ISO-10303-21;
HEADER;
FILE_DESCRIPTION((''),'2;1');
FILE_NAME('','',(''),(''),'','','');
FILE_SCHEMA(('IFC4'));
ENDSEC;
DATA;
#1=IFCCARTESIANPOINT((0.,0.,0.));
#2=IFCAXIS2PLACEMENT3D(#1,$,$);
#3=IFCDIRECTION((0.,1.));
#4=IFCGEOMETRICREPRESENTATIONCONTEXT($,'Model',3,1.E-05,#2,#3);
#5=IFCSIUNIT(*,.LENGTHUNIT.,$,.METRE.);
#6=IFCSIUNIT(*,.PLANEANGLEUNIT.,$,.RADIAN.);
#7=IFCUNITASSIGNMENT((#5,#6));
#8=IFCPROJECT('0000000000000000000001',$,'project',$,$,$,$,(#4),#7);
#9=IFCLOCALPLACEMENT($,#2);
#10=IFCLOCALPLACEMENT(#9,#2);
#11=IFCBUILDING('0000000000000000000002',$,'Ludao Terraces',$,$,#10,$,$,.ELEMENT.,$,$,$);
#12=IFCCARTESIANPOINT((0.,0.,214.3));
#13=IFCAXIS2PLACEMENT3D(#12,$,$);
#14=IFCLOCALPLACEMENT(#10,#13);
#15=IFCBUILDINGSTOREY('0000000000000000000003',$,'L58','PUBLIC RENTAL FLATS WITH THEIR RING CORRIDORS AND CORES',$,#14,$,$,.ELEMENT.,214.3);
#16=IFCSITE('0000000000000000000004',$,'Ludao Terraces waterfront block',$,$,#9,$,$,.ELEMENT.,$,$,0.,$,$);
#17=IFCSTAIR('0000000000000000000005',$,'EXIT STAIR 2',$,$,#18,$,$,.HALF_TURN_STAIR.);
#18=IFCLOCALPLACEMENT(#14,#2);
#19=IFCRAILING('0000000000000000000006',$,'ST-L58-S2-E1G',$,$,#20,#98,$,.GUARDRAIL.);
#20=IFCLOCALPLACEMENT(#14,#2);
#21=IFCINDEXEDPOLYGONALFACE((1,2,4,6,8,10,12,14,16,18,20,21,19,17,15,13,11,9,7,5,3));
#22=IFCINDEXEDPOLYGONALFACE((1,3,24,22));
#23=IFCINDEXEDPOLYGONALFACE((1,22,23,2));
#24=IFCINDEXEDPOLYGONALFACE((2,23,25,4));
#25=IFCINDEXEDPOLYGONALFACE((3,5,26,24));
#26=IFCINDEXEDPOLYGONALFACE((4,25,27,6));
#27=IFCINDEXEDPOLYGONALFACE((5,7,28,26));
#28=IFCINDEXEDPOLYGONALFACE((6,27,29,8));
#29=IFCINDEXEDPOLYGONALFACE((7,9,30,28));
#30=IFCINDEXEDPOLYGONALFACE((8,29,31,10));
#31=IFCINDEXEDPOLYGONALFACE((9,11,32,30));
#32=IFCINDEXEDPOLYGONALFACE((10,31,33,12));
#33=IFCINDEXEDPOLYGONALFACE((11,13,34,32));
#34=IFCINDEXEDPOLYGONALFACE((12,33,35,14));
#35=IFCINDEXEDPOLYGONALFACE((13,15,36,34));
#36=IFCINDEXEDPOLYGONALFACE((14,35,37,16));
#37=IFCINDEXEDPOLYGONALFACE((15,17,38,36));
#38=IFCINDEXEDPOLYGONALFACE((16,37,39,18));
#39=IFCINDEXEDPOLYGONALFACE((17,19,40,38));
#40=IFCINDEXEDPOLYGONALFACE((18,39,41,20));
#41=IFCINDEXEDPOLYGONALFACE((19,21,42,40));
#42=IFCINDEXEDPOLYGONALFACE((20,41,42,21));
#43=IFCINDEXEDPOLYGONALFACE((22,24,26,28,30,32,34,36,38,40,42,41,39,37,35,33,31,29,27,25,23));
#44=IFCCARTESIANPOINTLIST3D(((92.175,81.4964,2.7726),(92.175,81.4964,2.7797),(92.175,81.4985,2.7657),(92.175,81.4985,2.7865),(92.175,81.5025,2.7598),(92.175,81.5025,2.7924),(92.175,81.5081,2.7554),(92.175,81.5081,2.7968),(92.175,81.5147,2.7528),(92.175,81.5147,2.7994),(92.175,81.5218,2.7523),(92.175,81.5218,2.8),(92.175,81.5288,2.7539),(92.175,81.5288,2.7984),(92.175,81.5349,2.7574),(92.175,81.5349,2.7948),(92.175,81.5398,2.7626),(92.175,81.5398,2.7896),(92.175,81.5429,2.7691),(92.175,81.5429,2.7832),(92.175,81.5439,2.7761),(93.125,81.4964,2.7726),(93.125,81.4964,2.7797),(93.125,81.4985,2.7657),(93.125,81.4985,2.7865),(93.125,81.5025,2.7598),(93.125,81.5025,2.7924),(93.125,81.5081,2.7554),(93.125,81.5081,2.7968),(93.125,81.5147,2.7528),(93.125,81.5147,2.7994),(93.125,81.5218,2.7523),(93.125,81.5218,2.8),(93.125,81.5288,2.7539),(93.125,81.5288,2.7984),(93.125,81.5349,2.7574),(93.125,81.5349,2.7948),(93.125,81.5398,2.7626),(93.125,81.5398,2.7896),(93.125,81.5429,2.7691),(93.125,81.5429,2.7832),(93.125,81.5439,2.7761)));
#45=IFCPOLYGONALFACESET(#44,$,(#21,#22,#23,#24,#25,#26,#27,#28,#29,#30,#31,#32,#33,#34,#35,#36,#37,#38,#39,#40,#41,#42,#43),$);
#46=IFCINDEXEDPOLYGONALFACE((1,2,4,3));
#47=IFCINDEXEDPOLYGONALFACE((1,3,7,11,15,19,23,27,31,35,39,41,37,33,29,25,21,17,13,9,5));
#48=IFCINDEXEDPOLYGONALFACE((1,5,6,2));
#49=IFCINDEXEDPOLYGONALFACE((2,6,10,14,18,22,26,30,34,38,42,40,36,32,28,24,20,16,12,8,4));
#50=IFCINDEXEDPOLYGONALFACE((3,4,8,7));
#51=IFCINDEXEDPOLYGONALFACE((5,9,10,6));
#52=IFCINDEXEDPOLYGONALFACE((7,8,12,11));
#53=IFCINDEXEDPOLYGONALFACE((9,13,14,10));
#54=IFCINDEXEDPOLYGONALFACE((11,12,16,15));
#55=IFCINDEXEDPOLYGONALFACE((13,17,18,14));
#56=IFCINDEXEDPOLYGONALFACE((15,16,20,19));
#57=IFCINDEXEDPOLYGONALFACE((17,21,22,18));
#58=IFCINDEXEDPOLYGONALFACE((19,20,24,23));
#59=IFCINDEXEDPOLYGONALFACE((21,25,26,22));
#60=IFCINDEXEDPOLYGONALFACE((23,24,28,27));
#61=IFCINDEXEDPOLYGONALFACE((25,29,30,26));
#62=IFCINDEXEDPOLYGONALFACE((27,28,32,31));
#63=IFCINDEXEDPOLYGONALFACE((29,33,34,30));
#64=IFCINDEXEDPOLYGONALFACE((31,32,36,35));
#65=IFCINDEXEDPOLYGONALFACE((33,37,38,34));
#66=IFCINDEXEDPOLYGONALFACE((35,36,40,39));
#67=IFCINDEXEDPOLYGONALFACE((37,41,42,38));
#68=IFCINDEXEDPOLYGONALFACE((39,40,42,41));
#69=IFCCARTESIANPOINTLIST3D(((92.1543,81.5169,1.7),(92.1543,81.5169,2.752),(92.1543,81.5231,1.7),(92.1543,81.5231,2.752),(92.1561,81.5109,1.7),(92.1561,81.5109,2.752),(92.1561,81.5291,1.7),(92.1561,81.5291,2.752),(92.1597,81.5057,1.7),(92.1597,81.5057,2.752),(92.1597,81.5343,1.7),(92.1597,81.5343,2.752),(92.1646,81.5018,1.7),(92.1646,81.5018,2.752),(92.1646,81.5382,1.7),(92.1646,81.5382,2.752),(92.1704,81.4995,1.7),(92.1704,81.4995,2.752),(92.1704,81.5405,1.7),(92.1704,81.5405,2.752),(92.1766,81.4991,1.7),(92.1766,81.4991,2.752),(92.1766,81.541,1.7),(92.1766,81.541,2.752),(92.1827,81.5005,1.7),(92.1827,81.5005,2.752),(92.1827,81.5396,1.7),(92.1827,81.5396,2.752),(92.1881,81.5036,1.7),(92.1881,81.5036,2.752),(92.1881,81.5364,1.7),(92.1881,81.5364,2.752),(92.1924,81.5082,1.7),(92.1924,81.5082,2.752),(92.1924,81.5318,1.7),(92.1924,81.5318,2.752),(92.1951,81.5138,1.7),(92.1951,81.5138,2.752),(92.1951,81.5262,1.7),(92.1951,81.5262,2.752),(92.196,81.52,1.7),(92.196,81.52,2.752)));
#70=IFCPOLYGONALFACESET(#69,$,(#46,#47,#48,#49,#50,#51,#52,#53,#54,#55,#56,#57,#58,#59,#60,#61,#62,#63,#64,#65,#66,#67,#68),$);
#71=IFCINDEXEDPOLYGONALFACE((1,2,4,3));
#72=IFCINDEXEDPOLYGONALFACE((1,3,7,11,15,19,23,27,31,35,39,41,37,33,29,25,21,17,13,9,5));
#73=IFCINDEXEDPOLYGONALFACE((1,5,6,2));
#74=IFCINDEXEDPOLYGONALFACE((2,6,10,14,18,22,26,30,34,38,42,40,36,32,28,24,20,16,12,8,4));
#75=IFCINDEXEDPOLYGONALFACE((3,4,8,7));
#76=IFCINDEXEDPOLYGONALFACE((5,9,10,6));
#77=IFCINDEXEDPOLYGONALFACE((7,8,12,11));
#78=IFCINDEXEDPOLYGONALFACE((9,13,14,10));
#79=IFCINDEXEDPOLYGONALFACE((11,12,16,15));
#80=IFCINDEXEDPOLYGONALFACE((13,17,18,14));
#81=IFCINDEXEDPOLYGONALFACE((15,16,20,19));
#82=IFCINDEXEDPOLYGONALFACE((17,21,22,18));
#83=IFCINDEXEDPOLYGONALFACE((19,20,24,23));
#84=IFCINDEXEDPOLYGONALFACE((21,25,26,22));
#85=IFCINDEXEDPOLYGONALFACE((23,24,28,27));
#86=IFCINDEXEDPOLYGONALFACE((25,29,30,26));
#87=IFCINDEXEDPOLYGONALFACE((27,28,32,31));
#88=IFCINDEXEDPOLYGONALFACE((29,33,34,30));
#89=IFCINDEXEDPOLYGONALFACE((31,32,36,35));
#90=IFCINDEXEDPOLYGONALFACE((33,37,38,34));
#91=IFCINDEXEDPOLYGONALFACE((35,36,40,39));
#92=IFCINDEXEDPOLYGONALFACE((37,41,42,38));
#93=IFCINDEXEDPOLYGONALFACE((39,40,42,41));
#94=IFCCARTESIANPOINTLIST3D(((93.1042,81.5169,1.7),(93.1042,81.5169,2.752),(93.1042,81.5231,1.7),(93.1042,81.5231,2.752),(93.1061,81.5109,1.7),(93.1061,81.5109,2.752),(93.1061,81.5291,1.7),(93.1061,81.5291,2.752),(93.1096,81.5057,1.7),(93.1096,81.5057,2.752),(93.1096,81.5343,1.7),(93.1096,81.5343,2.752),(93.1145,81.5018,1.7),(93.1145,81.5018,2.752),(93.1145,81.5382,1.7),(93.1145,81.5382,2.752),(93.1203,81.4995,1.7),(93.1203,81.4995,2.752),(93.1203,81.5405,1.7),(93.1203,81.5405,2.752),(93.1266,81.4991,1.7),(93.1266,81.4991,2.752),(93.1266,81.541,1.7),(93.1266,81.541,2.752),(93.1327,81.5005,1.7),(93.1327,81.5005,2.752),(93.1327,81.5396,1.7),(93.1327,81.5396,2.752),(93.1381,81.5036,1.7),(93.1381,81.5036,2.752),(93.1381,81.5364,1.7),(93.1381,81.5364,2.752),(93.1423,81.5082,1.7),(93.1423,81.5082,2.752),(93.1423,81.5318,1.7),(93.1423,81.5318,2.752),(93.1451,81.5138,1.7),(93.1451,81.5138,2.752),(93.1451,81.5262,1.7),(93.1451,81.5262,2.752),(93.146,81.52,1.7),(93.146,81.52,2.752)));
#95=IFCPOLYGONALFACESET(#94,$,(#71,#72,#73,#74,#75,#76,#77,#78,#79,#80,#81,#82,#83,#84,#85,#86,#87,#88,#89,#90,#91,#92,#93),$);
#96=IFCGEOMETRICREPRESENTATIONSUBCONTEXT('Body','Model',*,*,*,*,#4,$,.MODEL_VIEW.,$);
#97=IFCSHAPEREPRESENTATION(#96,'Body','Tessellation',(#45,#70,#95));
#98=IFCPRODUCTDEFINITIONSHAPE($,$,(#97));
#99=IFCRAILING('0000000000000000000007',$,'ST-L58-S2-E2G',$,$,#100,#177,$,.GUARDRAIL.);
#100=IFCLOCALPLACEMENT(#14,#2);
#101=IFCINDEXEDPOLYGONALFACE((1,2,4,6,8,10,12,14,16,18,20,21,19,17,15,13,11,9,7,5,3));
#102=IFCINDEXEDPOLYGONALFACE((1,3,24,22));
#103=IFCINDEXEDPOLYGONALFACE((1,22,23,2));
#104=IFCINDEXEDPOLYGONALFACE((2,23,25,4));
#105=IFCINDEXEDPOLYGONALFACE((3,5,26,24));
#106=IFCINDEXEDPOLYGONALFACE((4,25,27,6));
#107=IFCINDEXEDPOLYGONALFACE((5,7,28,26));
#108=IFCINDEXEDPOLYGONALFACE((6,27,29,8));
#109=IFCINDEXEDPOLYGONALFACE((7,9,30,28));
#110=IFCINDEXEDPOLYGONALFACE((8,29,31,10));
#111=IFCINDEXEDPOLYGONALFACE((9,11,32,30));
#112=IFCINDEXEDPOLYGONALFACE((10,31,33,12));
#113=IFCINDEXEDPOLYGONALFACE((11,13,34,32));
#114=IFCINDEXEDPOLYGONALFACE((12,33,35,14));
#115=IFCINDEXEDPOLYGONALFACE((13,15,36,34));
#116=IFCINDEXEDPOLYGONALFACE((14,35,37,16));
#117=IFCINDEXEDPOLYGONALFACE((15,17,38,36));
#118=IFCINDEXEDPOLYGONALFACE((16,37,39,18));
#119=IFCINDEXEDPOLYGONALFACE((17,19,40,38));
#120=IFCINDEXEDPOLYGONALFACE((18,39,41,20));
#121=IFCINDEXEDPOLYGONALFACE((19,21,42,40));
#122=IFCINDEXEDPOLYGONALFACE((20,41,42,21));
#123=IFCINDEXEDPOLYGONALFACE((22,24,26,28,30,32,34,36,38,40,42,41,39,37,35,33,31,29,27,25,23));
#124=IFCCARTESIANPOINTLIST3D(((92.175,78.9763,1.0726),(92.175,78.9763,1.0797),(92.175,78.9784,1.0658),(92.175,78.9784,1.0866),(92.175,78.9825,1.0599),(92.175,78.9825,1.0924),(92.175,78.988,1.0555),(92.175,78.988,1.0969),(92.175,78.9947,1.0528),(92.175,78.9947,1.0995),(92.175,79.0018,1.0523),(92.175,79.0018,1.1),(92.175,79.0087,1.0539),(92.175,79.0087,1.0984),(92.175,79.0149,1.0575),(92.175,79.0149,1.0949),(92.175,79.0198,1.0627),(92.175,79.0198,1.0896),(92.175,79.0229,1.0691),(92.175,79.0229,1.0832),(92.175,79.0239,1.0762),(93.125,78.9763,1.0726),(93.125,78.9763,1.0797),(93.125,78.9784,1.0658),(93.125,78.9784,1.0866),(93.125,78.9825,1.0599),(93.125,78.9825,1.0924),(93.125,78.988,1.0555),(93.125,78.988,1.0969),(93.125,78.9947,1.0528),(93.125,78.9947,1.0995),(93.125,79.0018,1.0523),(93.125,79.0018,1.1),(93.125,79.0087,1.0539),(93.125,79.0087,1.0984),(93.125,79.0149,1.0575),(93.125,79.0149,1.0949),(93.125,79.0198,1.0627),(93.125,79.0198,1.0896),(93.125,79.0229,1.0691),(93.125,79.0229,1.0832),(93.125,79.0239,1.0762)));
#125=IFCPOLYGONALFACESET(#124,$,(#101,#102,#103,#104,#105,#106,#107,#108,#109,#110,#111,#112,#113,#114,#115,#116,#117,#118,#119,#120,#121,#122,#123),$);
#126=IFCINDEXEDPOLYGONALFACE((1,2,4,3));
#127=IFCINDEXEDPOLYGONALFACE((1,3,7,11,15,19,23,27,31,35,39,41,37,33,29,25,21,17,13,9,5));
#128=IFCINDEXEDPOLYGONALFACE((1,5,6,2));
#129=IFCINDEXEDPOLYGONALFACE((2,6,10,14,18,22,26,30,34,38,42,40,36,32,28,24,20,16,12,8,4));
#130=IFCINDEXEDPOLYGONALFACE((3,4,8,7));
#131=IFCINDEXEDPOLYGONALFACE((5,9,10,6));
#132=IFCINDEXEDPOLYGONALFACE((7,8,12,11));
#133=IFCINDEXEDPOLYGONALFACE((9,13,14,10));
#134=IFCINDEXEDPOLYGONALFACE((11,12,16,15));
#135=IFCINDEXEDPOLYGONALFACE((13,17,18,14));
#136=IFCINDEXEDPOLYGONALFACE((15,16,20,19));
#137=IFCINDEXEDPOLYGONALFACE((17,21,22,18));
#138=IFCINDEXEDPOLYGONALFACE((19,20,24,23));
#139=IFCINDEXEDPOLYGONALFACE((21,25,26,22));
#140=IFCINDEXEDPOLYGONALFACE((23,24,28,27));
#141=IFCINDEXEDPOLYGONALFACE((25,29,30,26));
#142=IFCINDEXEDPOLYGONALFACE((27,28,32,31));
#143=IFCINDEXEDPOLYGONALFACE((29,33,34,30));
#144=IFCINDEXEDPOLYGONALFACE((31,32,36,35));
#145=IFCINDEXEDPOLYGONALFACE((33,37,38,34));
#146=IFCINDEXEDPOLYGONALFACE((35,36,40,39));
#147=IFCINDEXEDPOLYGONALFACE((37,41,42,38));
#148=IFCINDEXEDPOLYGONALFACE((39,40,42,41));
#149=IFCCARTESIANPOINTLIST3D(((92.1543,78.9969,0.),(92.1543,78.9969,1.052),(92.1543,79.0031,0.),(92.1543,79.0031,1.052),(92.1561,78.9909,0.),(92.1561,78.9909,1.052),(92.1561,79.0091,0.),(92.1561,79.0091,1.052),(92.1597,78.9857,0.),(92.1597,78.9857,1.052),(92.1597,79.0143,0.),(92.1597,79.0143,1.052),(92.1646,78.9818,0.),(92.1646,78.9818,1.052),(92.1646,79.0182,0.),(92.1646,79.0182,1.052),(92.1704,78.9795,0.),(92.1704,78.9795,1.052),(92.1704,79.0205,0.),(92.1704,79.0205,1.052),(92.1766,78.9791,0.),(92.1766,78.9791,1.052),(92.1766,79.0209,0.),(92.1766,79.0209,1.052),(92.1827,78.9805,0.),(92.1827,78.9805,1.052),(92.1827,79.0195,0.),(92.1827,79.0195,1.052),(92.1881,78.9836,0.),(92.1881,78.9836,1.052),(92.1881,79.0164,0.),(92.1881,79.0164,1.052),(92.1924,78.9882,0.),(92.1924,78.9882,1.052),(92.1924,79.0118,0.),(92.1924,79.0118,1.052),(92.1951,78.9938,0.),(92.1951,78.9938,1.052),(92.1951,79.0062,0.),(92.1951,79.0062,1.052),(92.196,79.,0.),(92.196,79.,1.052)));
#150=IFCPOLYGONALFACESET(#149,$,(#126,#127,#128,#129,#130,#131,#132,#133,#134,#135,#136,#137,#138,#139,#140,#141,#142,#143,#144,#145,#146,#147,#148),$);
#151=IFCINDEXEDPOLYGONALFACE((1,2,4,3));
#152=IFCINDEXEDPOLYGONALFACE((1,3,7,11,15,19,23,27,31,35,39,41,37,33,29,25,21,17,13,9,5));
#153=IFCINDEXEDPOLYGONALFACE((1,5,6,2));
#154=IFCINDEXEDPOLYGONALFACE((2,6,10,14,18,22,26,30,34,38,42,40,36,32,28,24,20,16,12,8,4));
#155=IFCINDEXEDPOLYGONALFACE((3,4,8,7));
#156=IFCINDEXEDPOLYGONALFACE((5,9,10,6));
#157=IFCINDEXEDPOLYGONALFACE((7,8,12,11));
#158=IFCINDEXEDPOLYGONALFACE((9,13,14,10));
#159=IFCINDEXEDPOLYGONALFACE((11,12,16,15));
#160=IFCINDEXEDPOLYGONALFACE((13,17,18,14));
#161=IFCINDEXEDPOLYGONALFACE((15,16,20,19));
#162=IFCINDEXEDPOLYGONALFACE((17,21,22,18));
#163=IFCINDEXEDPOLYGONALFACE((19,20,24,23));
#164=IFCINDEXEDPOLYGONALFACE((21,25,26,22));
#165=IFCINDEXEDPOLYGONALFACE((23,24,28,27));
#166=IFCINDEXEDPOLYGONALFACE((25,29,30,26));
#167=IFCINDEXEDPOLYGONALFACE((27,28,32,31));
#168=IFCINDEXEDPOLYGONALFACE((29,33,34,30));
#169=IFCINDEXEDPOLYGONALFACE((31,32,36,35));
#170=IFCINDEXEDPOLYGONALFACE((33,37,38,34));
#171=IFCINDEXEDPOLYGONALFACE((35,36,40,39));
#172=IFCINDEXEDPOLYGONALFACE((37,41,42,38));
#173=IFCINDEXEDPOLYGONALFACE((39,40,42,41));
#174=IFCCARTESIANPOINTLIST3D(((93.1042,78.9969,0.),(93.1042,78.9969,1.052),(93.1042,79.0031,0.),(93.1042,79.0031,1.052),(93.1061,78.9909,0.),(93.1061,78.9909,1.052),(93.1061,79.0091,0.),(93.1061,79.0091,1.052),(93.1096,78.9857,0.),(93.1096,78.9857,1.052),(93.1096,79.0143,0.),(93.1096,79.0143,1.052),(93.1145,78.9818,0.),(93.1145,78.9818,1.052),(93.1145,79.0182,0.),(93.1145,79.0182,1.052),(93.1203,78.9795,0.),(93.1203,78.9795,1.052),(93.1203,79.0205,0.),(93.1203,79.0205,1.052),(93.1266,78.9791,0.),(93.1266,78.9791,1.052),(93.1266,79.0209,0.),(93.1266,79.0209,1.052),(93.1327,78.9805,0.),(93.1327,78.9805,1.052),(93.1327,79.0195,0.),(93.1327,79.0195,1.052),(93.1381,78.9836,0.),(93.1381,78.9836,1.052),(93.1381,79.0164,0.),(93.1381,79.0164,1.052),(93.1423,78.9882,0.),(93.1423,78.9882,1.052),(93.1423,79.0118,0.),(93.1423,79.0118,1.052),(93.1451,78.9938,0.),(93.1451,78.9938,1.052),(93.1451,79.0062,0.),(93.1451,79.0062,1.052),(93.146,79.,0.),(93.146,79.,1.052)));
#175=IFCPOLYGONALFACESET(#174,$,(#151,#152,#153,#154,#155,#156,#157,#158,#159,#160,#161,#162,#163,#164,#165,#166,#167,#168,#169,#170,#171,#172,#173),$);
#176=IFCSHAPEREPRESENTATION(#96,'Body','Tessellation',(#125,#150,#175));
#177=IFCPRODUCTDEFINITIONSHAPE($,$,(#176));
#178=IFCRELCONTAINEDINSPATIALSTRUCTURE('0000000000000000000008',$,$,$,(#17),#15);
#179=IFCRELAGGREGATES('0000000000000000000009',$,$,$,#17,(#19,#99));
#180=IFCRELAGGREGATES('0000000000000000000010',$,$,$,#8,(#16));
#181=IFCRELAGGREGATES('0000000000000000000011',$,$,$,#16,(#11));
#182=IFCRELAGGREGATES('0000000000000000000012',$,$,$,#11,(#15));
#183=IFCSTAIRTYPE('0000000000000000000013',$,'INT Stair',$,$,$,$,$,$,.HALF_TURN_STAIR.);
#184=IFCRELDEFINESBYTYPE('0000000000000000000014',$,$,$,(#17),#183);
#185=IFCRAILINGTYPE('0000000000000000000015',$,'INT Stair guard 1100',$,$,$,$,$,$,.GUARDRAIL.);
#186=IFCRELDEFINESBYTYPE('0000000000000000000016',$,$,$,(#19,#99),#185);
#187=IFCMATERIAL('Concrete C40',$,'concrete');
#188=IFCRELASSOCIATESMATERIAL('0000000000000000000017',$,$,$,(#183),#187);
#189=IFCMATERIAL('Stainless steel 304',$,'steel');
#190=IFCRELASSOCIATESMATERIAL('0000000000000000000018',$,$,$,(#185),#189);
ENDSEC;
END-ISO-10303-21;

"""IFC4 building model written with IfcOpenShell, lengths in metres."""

from ifc_helpers import new_model, si_unit, direction, frame, origin, origin_2d, place, context, subcontext, project, spatial, circle, extrude, material, type_object, element, aggregate, save


model = new_model("IFC4")

# Units and contexts
model_context = context("Model", 3, precision=1e-05, world=origin(), true_north=direction((0.0, 1.0)))
body_context = subcontext(model_context, "Body", "Model", "MODEL_VIEW")
ifc_project = project(units=[si_unit("LENGTHUNIT", "METRE"), si_unit("PLANEANGLEUNIT", "RADIAN")], contexts=[model_context])

# Site, building, storey
site_placement = place(None, origin())
site = spatial("IfcSite", under=ifc_project, at=site_placement, Name="Ludao Terraces waterfront block", CompositionType="ELEMENT", RefElevation=0.0)
building_placement = place(site_placement, origin())
building = spatial("IfcBuilding", under=site, at=building_placement, Name="Ludao Terraces", CompositionType="ELEMENT")
storey_placement = place(building_placement, frame((0.0, 0.0, 214.3)))
storey = spatial("IfcBuildingStorey", under=building, at=storey_placement, Name="L58", Description="PUBLIC RENTAL FLATS WITH THEIR RING CORRIDORS AND CORES", CompositionType="ELEMENT", Elevation=214.3)

# Shared definitions
ifc_material_1 = material(Name="Stainless steel 304", Category="steel")

# Stair, railings
ifc_material_2 = material(Name="Concrete C40", Category="concrete")
stair_type = type_object("IfcStairType", Name="INT Stair", PredefinedType="HALF_TURN_STAIR", material=ifc_material_2)
stair_placement = place(storey_placement, origin())
stair = element("IfcStair", 1, at=stair_placement, inside=storey, type_object=stair_type, Name="EXIT STAIR 2", PredefinedType="HALF_TURN_STAIR")
railing_type_1 = type_object("IfcRailingType", Name="INT Stair guard 1100", PredefinedType="GUARDRAIL", material=ifc_material_1)
railing_1_placement = place(storey_placement, frame((92.175, 81.52, 1.7)))
railing_1 = element("IfcRailing", 2, at=railing_1_placement, type_object=railing_type_1, Name="ST-L58-S2-E1G", PredefinedType="GUARDRAIL", context=body_context, shape_type="SweptSolid", body=[
    extrude(circle(Radius=0.0239, at=origin_2d()), frame((0.0, 0.0, 1.0762), z_axis=(1.0, 0.0, 0.0), x_axis=(0.0, 1.0, 0.0)), (0.0, 0.0, 1.0), 0.95),
    extrude(circle(Radius=0.021, at=origin_2d()), origin(), (0.0, 0.0, 1.0), 1.052),
    extrude(circle(Radius=0.021, at=origin_2d()), frame((0.95, 0.0, 0.0)), (0.0, 0.0, 1.0), 1.052),
])
railing_2_placement = place(storey_placement, frame((92.175, 79.0, 0.0)))
railing_2 = element("IfcRailing", 3, at=railing_2_placement, type_object=railing_type_1, Name="ST-L58-S2-E2G", PredefinedType="GUARDRAIL", context=body_context, shape_type="SweptSolid", body=[
    extrude(circle(Radius=0.0239, at=origin_2d()), frame((0.0, 0.0, 1.0762), z_axis=(1.0, 0.0, 0.0), x_axis=(0.0, 1.0, 0.0)), (0.0, 0.0, 1.0), 0.95),
    extrude(circle(Radius=0.021, at=origin_2d()), origin(), (0.0, 0.0, 1.0), 1.052),
    extrude(circle(Radius=0.021, at=origin_2d()), frame((0.95, 0.0, 0.0)), (0.0, 0.0, 1.0), 1.052),
])
aggregate(stair, [railing_1, railing_2])

save(model, "model.ifc")
